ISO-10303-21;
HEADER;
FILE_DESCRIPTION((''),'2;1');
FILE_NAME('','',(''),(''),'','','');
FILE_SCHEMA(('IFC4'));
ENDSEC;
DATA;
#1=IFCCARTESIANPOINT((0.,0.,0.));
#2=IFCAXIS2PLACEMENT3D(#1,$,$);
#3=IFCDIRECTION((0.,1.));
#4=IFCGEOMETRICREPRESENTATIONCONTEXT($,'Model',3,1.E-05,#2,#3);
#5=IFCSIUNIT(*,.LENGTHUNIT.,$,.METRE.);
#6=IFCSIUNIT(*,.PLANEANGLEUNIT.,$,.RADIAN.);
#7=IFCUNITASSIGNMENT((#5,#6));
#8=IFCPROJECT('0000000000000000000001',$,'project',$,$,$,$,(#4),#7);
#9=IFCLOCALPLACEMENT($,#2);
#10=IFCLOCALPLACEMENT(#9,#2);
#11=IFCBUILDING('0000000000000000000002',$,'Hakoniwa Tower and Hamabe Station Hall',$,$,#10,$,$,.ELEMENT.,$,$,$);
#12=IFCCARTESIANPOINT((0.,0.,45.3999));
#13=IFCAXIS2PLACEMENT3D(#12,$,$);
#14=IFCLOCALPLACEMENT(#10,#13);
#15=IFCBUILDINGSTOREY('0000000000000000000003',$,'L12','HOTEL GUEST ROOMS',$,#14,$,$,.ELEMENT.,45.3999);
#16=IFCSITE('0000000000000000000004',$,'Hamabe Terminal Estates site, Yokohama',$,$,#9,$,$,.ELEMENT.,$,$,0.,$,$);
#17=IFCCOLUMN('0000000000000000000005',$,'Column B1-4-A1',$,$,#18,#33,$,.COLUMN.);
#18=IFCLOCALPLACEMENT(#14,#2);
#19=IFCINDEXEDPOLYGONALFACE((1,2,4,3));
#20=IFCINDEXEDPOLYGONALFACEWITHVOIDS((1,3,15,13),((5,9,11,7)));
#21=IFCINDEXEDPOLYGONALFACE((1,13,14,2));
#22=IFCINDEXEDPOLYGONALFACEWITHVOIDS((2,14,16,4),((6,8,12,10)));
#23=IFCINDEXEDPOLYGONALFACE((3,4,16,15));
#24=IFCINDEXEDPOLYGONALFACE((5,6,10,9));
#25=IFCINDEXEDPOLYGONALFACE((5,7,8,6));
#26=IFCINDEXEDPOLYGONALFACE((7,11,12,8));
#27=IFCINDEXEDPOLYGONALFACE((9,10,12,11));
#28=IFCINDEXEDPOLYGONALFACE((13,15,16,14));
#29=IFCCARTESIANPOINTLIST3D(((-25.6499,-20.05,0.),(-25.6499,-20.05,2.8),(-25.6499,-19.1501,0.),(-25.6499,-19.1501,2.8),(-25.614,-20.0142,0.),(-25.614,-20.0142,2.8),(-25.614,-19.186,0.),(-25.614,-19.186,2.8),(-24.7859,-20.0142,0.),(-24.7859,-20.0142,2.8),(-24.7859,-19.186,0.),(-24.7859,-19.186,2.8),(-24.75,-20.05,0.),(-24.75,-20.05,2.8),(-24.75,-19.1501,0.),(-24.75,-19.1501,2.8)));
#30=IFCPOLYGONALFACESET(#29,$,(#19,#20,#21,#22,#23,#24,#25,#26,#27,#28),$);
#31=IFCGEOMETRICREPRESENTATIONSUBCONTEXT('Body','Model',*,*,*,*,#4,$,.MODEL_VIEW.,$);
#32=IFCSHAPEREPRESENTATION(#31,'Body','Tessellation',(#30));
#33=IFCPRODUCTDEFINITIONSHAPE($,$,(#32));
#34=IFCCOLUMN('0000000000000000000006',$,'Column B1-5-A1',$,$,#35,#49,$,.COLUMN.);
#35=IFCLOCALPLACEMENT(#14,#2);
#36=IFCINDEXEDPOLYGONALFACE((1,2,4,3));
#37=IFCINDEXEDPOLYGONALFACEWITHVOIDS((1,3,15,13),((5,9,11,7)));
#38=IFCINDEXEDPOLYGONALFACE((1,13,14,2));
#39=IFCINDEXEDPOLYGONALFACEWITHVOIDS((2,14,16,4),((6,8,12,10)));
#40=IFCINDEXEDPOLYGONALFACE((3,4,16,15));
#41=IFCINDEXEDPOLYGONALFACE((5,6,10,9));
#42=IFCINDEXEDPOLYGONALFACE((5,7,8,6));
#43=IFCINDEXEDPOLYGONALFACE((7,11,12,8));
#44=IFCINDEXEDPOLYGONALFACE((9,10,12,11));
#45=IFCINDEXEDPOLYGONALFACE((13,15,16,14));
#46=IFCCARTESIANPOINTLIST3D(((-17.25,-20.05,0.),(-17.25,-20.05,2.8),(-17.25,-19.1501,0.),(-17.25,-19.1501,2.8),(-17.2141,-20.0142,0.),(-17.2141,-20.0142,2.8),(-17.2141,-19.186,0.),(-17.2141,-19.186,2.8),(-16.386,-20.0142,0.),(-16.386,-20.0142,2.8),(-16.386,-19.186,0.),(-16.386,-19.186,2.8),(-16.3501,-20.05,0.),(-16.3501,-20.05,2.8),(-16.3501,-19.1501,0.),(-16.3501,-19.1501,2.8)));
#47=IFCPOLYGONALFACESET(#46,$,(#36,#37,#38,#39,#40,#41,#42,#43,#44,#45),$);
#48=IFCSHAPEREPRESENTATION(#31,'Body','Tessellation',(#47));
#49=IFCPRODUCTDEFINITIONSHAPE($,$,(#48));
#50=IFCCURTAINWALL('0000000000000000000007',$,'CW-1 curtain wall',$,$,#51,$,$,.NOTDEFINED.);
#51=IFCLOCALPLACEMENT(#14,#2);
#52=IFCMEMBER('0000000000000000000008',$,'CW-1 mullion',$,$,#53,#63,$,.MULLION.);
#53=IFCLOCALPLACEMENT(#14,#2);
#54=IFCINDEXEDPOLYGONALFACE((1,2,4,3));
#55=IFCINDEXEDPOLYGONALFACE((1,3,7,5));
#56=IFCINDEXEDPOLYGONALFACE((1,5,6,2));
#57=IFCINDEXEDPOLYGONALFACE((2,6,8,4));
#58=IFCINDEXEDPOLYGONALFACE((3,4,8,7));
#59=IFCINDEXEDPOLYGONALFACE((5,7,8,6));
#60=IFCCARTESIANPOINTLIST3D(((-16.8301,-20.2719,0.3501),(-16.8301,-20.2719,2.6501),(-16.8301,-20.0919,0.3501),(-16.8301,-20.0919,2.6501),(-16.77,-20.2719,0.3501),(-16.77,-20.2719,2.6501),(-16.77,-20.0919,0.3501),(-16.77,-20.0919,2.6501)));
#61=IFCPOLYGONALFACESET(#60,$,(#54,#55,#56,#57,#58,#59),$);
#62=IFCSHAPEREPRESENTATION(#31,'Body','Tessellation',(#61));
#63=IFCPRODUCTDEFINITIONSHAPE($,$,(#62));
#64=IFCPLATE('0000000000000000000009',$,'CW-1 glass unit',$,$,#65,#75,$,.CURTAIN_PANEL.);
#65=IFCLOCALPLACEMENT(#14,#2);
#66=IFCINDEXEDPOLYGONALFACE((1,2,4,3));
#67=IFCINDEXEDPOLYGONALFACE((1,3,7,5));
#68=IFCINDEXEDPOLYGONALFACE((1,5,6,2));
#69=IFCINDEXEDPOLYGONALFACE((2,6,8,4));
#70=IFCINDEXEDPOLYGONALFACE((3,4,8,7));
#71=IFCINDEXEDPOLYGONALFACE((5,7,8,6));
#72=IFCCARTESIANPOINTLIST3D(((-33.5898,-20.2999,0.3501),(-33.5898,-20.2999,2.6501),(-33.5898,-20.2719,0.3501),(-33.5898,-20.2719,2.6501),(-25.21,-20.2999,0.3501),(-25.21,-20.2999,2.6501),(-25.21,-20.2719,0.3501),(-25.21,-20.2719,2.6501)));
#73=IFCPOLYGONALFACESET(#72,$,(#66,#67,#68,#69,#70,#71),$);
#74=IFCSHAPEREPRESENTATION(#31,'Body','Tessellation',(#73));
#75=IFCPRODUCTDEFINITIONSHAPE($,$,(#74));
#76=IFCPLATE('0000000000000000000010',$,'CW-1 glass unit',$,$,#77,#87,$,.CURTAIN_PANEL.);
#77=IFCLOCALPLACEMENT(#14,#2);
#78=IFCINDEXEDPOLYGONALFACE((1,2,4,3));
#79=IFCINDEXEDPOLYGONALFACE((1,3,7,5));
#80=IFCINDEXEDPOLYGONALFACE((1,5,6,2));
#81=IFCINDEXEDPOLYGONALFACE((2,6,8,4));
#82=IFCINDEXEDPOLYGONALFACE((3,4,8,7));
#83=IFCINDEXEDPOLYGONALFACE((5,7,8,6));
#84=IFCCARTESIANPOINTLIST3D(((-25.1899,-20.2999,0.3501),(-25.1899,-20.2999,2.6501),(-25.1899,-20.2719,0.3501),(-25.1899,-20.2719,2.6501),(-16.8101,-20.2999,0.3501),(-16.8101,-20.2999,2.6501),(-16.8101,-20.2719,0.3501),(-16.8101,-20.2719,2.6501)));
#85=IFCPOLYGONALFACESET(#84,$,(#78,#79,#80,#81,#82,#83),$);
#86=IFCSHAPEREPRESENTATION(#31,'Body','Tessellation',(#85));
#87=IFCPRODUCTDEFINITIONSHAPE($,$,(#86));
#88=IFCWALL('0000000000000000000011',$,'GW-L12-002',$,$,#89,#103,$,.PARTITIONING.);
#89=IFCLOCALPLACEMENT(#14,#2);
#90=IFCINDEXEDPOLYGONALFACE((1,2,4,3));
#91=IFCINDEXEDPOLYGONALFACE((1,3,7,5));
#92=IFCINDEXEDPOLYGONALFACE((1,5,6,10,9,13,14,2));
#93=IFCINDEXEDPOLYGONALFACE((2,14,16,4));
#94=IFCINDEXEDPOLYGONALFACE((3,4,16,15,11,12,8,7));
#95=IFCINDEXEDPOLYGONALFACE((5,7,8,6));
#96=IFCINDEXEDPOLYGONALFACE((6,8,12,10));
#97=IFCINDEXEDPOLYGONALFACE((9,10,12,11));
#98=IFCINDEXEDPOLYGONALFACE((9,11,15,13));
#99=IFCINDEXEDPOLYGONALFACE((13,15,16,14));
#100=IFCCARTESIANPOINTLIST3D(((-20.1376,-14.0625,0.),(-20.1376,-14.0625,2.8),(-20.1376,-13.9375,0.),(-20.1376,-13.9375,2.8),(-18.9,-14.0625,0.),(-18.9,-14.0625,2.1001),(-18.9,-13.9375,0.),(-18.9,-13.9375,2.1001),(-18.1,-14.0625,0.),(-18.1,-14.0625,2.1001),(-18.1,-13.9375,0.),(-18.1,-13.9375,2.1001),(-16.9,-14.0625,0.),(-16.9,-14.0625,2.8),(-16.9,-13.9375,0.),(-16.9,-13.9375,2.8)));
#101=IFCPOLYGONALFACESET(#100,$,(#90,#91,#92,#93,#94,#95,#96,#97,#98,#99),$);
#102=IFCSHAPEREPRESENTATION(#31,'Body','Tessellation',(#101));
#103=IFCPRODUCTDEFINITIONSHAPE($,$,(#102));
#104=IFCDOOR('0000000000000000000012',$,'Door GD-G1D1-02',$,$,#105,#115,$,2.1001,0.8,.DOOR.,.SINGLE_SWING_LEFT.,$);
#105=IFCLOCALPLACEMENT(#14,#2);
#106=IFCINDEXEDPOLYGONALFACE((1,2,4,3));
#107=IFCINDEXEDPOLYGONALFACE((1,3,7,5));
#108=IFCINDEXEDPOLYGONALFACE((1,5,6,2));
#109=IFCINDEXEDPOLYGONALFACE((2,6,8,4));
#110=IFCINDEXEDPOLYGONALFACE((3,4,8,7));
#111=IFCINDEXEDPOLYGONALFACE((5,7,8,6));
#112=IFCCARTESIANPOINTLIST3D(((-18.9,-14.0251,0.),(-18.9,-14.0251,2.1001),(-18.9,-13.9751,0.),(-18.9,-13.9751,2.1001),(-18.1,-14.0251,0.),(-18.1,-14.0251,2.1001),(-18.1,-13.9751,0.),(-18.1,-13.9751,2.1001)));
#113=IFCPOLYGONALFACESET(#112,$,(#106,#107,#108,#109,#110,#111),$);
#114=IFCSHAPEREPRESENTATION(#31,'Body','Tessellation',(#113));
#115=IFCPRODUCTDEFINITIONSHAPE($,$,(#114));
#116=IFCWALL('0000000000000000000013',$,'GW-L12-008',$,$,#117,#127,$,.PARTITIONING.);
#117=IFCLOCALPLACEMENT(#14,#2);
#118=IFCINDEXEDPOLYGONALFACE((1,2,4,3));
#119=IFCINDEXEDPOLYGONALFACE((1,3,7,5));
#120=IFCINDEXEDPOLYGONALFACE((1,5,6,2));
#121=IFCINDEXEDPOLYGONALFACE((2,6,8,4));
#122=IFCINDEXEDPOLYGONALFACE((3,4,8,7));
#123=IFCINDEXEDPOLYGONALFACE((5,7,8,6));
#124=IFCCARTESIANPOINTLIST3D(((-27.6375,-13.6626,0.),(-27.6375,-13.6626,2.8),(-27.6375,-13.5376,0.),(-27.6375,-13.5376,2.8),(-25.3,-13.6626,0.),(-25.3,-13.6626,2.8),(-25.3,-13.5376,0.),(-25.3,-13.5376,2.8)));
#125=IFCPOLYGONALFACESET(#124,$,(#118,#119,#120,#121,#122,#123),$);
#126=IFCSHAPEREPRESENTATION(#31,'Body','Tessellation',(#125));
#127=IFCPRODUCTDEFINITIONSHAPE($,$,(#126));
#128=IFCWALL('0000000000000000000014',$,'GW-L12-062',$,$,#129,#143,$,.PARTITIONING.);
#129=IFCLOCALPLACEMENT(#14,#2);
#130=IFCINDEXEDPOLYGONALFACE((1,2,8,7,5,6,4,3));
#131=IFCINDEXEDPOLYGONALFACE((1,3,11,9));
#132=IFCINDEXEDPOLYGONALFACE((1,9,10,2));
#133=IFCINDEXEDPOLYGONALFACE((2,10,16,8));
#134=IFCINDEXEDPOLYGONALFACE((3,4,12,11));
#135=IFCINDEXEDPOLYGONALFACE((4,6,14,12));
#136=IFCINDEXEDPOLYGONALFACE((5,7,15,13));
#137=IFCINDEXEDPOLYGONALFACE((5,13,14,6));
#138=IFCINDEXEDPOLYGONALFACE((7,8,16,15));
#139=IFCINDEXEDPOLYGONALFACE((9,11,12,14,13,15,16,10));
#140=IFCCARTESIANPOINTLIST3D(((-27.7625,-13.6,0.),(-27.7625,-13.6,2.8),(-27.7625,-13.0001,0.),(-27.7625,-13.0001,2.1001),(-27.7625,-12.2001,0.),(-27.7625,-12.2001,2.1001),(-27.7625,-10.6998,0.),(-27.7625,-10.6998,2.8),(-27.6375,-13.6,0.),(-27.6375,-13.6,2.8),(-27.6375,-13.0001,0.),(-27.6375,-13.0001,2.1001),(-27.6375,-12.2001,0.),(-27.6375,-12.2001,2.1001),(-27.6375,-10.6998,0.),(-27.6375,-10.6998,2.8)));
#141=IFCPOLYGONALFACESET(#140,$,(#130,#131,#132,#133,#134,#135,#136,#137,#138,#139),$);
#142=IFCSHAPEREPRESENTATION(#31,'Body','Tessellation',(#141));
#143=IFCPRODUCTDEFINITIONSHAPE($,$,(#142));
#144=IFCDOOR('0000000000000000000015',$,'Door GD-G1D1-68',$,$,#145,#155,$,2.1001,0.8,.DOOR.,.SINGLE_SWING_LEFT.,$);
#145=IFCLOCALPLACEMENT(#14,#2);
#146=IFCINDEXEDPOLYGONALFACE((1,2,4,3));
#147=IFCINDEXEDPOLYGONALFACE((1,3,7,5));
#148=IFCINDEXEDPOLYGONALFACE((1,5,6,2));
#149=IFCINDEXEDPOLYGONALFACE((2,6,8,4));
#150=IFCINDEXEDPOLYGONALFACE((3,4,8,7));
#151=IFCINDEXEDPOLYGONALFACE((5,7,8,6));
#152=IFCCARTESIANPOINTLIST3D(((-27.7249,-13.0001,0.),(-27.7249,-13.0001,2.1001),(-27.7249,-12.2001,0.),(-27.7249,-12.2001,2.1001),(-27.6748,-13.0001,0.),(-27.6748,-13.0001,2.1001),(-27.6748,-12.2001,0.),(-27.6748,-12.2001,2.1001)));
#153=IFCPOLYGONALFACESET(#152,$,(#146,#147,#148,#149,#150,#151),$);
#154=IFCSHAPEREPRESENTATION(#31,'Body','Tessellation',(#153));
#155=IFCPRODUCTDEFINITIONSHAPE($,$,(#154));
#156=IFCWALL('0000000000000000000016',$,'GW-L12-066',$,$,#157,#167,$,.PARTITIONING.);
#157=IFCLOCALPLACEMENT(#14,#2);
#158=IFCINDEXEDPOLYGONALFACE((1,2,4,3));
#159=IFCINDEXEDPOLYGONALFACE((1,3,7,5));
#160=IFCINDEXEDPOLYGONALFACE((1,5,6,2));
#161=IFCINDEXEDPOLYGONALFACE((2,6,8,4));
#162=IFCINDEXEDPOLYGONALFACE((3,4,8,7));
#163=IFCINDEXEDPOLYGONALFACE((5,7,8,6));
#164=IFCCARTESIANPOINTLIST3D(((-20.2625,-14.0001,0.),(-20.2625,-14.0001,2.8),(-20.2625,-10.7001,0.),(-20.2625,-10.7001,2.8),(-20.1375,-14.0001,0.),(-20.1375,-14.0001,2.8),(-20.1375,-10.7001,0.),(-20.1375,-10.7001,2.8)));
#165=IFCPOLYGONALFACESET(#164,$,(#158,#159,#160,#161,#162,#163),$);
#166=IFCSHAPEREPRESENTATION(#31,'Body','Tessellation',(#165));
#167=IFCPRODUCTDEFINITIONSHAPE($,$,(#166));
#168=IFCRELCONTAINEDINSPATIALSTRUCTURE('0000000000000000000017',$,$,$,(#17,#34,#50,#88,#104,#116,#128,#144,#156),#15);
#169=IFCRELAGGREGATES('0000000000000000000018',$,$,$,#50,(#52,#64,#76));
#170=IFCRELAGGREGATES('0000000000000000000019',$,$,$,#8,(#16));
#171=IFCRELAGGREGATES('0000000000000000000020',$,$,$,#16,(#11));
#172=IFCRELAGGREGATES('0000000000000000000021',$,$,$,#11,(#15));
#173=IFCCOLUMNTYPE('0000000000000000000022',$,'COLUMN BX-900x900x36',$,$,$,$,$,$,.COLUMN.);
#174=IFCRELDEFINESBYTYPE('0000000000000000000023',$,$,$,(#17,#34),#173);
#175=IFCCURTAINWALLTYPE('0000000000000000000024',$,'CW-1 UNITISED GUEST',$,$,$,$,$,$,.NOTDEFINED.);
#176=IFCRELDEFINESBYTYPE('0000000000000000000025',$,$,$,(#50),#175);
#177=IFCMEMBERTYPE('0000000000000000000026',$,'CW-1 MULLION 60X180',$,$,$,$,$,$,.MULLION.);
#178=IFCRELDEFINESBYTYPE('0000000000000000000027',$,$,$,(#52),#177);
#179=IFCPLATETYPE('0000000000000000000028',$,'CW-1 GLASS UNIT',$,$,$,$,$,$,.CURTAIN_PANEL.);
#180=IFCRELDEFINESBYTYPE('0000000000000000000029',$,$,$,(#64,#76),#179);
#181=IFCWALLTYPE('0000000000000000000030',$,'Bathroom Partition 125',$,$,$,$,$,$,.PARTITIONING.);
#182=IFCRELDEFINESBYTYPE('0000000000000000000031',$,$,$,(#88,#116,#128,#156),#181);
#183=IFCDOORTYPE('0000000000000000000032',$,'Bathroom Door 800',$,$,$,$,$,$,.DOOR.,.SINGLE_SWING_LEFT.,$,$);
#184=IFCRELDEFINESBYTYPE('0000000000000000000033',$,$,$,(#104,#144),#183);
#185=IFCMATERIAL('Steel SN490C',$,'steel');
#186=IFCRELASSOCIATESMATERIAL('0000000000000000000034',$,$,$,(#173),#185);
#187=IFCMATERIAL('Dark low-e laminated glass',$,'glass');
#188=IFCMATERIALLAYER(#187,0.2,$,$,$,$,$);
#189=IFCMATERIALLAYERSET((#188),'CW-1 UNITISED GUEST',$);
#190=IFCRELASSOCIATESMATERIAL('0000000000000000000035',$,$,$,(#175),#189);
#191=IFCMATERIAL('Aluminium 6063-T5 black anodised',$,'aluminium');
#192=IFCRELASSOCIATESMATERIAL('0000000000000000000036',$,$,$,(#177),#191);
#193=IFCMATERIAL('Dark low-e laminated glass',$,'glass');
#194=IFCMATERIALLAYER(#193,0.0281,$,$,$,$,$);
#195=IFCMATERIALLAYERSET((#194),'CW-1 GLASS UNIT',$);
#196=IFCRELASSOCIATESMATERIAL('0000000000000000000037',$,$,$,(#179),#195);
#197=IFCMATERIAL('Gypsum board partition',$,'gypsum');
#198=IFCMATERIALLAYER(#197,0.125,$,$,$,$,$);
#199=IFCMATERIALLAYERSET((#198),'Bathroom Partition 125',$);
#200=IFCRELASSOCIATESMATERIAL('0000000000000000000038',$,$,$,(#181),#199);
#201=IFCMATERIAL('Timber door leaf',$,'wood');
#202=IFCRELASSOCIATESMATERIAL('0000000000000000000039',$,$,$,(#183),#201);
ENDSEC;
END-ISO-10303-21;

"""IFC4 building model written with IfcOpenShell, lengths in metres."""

from ifc_helpers import new_model, si_unit, direction, frame, frame_2d, origin, origin_2d, place, context, subcontext, project, spatial, rectangle, hollow_rectangle, extrude, material, layer, layer_set, material_profile, profile_set, type_object, element, fill, aggregate, save


model = new_model("IFC4")

# Units and contexts
model_context = context("Model", 3, precision=1e-05, world=origin(), true_north=direction((0.0, 1.0)))
body_context = subcontext(model_context, "Body", "Model", "MODEL_VIEW")
ifc_project = project(units=[si_unit("LENGTHUNIT", "METRE"), si_unit("PLANEANGLEUNIT", "RADIAN")], contexts=[model_context])

# Site, building, storey
site_placement = place(None, origin())
site = spatial("IfcSite", under=ifc_project, at=site_placement, Name="Hamabe Terminal Estates site, Yokohama", CompositionType="ELEMENT", RefElevation=0.0)
building_placement = place(site_placement, origin())
building = spatial("IfcBuilding", under=site, at=building_placement, Name="Hakoniwa Tower and Hamabe Station Hall", CompositionType="ELEMENT")
storey_placement = place(building_placement, frame((0.0, 0.0, 45.3999)))
storey = spatial("IfcBuildingStorey", under=building, at=storey_placement, Name="L12", Description="HOTEL GUEST ROOMS", CompositionType="ELEMENT", Elevation=45.3999)

# Columns
ifc_material_1 = material(Name="Steel SN490C", Category="steel")
ifc_material_profile_1 = material_profile(ifc_material_1, hollow_rectangle(XDim=0.8999, YDim=0.8999, WallThickness=0.0359, at=origin_2d()), Name="BX-900x900x36")
ifc_profile_set_1 = profile_set([ifc_material_profile_1], Name="Steel SN490C")
column_type = type_object("IfcColumnType", Name="COLUMN BX-900x900x36", PredefinedType="COLUMN", material=ifc_profile_set_1)
for number, where, z_axis, x_axis, name in (
    (1, (-25.2, -19.6001, 0.0), (0.0, 0.0, 1.0), (1.0, 0.0, 0.0), "Column B1-4-A1"),
    (2, (-16.8, -19.6001, 0.0), (0.0, 0.0, 1.0), (1.0, 0.0, 0.0), "Column B1-5-A1"),
):
    element("IfcColumn", number, at=place(storey_placement, frame(where, z_axis=z_axis, x_axis=x_axis)), inside=storey, type_object=column_type, Name=name, PredefinedType="COLUMN", context=body_context, shape_type="SweptSolid", body=[
        extrude(hollow_rectangle(XDim=0.8999, YDim=0.8999, WallThickness=0.0359, at=origin_2d()), origin(), (0.0, 0.0, 1.0), 2.8),
    ])

# Curtain wall, member, plates
ifc_material_2 = material(Name="Dark low-e laminated glass", Category="glass")
ifc_layer_1 = layer(ifc_material_2, 0.2)
ifc_layer_set_1 = layer_set([ifc_layer_1], Name="CW-1 UNITISED GUEST")
curtain_wall_type = type_object("IfcCurtainWallType", Name="CW-1 UNITISED GUEST", PredefinedType="NOTDEFINED", material=ifc_layer_set_1)
curtain_wall_placement = place(storey_placement, origin())
curtain_wall = element("IfcCurtainWall", 3, at=curtain_wall_placement, inside=storey, type_object=curtain_wall_type, Name="CW-1 curtain wall", PredefinedType="NOTDEFINED")
ifc_material_3 = material(Name="Aluminium 6063-T5 black anodised", Category="aluminium")
ifc_material_profile_2 = material_profile(ifc_material_3, rectangle(XDim=0.0601, YDim=0.1799, at=origin_2d()), Name="CW-1 MULLION 60X180")
ifc_profile_set_2 = profile_set([ifc_material_profile_2], Name="Aluminium 6063-T5 black anodised")
member_type = type_object("IfcMemberType", Name="CW-1 MULLION 60X180", PredefinedType="MULLION", material=ifc_profile_set_2)
member_placement = place(storey_placement, frame((-16.8, -20.1819, 0.3501), z_axis=(0.0, 0.0, 1.0), x_axis=(1.0, 0.0, 0.0)))
member = element("IfcMember", 4, at=member_placement, type_object=member_type, Name="CW-1 mullion", PredefinedType="MULLION", context=body_context, shape_type="SweptSolid", body=[
    extrude(rectangle(XDim=0.0601, YDim=0.1799, at=origin_2d()), origin(), (0.0, 0.0, 1.0), 2.3),
])
ifc_material_4 = material(Name="Dark low-e laminated glass", Category="glass")
ifc_layer_2 = layer(ifc_material_4, 0.0281)
ifc_layer_set_2 = layer_set([ifc_layer_2], Name="CW-1 GLASS UNIT")
plate_type = type_object("IfcPlateType", Name="CW-1 GLASS UNIT", PredefinedType="CURTAIN_PANEL", material=ifc_layer_set_2)
plate_1_placement = place(storey_placement, frame((-29.3999, -20.2859, 0.3501), z_axis=(0.0, 0.0, 1.0), x_axis=(1.0, 0.0, 0.0)))
plate_1 = element("IfcPlate", 5, at=plate_1_placement, type_object=plate_type, Name="CW-1 glass unit", PredefinedType="CURTAIN_PANEL", context=body_context, shape_type="SweptSolid", body=[
    extrude(rectangle(XDim=8.3799, YDim=0.0281, at=origin_2d()), origin(), (0.0, 0.0, 1.0), 2.3),
])
plate_2_placement = place(storey_placement, frame((-21.0, -20.2859, 0.3501), z_axis=(0.0, 0.0, 1.0), x_axis=(1.0, 0.0, 0.0)))
plate_2 = element("IfcPlate", 6, at=plate_2_placement, type_object=plate_type, Name="CW-1 glass unit", PredefinedType="CURTAIN_PANEL", context=body_context, shape_type="SweptSolid", body=[
    extrude(rectangle(XDim=8.3799, YDim=0.0281, at=origin_2d()), origin(), (0.0, 0.0, 1.0), 2.3),
])
aggregate(curtain_wall, [member, plate_1, plate_2])

# Wall, opening, door
ifc_material_5 = material(Name="Gypsum board partition", Category="gypsum")
ifc_layer_3 = layer(ifc_material_5, 0.125)
ifc_layer_set_3 = layer_set([ifc_layer_3], Name="Bathroom Partition 125")
wall_type_1 = type_object("IfcWallType", Name="Bathroom Partition 125", PredefinedType="PARTITIONING", material=ifc_layer_set_3)
wall_1_placement = place(storey_placement, frame((-20.1375, -14.0, 0.0), z_axis=(0.0, 0.0, 1.0), x_axis=(1.0, 0.0, 0.0)))
wall_1 = element("IfcWall", 7, at=wall_1_placement, inside=storey, type_object=wall_type_1, Name="GW-L12-002", PredefinedType="PARTITIONING", context=body_context, shape_type="SweptSolid", body=[
    extrude(rectangle(XDim=3.2375, YDim=0.125, at=frame_2d((1.6187, 0.0))), origin(), (0.0, 0.0, 1.0), 2.8),
])
opening_1_placement = place(wall_1_placement, frame((1.2375, 0.0, 0.0)))
opening_1 = element("IfcOpeningElement", 8, at=opening_1_placement, cuts=wall_1, PredefinedType="OPENING", context=body_context, shape_type="SweptSolid", body=[
    extrude(rectangle(XDim=0.8, YDim=2.1001, at=frame_2d((0.3999, 1.05))), frame((0.0, 0.0725, 0.0), z_axis=(0.0, -1.0, 0.0), x_axis=(1.0, 0.0, 0.0)), (0.0, 0.0, 1.0), 0.145),
])
ifc_material_6 = material(Name="Timber door leaf", Category="wood")
door_type_1 = type_object("IfcDoorType", Name="Bathroom Door 800", OperationType="SINGLE_SWING_LEFT", PredefinedType="DOOR", material=ifc_material_6)
door_1_placement = place(opening_1_placement, origin())
door_1 = element("IfcDoor", 9, at=door_1_placement, inside=storey, type_object=door_type_1, Name="Door GD-G1D1-02", OperationType="SINGLE_SWING_LEFT", OverallHeight=2.1001, OverallWidth=0.8, PredefinedType="DOOR", context=body_context, shape_type="SweptSolid", body=[
    extrude(rectangle(XDim=0.8, YDim=2.1001, at=frame_2d((0.3999, 1.05))), frame((0.0, 0.0249, 0.0), z_axis=(0.0, -1.0, 0.0), x_axis=(1.0, 0.0, 0.0)), (0.0, 0.0, 1.0), 0.05),
])
fill(opening_1, door_1)

# Wall
wall_2_placement = place(storey_placement, frame((-27.6375, -13.6001, 0.0), z_axis=(0.0, 0.0, 1.0), x_axis=(1.0, 0.0, 0.0)))
element("IfcWall", 10, at=wall_2_placement, inside=storey, type_object=wall_type_1, Name="GW-L12-008", PredefinedType="PARTITIONING", context=body_context, shape_type="SweptSolid", body=[
    extrude(rectangle(XDim=2.3374, YDim=0.125, at=frame_2d((1.1687, 0.0))), origin(), (0.0, 0.0, 1.0), 2.8),
])

# Wall, opening, door
wall_3_placement = place(storey_placement, frame((-27.7, -13.6001, 0.0), z_axis=(0.0, 0.0, 1.0), x_axis=(0.0, 1.0, 0.0)))
wall_3 = element("IfcWall", 11, at=wall_3_placement, inside=storey, type_object=wall_type_1, Name="GW-L12-062", PredefinedType="PARTITIONING", context=body_context, shape_type="SweptSolid", body=[
    extrude(rectangle(XDim=2.9001, YDim=0.125, at=frame_2d((1.4502, 0.0))), origin(), (0.0, 0.0, 1.0), 2.8),
])
opening_2_placement = place(wall_3_placement, frame((0.6001, 0.0, 0.0)))
opening_2 = element("IfcOpeningElement", 12, at=opening_2_placement, cuts=wall_3, PredefinedType="OPENING", context=body_context, shape_type="SweptSolid", body=[
    extrude(rectangle(XDim=0.8, YDim=2.1001, at=frame_2d((0.3999, 1.05))), frame((0.0, 0.0725, 0.0), z_axis=(0.0, -1.0, 0.0), x_axis=(1.0, 0.0, 0.0)), (0.0, 0.0, 1.0), 0.145),
])
door_2_placement = place(opening_2_placement, origin())
door_2 = element("IfcDoor", 13, at=door_2_placement, inside=storey, type_object=door_type_1, Name="Door GD-G1D1-68", OperationType="SINGLE_SWING_LEFT", OverallHeight=2.1001, OverallWidth=0.8, PredefinedType="DOOR", context=body_context, shape_type="SweptSolid", body=[
    extrude(rectangle(XDim=0.8, YDim=2.1001, at=frame_2d((0.3999, 1.05))), frame((0.0, 0.0249, 0.0), z_axis=(0.0, -1.0, 0.0), x_axis=(1.0, 0.0, 0.0)), (0.0, 0.0, 1.0), 0.05),
])
fill(opening_2, door_2)

# Wall
wall_4_placement = place(storey_placement, frame((-20.2, -14.0, 0.0), z_axis=(0.0, 0.0, 1.0), x_axis=(0.0, 1.0, 0.0)))
element("IfcWall", 14, at=wall_4_placement, inside=storey, type_object=wall_type_1, Name="GW-L12-066", PredefinedType="PARTITIONING", context=body_context, shape_type="SweptSolid", body=[
    extrude(rectangle(XDim=3.3, YDim=0.125, at=frame_2d((1.6499, 0.0))), origin(), (0.0, 0.0, 1.0), 2.8),
])

save(model, "model.ifc")
